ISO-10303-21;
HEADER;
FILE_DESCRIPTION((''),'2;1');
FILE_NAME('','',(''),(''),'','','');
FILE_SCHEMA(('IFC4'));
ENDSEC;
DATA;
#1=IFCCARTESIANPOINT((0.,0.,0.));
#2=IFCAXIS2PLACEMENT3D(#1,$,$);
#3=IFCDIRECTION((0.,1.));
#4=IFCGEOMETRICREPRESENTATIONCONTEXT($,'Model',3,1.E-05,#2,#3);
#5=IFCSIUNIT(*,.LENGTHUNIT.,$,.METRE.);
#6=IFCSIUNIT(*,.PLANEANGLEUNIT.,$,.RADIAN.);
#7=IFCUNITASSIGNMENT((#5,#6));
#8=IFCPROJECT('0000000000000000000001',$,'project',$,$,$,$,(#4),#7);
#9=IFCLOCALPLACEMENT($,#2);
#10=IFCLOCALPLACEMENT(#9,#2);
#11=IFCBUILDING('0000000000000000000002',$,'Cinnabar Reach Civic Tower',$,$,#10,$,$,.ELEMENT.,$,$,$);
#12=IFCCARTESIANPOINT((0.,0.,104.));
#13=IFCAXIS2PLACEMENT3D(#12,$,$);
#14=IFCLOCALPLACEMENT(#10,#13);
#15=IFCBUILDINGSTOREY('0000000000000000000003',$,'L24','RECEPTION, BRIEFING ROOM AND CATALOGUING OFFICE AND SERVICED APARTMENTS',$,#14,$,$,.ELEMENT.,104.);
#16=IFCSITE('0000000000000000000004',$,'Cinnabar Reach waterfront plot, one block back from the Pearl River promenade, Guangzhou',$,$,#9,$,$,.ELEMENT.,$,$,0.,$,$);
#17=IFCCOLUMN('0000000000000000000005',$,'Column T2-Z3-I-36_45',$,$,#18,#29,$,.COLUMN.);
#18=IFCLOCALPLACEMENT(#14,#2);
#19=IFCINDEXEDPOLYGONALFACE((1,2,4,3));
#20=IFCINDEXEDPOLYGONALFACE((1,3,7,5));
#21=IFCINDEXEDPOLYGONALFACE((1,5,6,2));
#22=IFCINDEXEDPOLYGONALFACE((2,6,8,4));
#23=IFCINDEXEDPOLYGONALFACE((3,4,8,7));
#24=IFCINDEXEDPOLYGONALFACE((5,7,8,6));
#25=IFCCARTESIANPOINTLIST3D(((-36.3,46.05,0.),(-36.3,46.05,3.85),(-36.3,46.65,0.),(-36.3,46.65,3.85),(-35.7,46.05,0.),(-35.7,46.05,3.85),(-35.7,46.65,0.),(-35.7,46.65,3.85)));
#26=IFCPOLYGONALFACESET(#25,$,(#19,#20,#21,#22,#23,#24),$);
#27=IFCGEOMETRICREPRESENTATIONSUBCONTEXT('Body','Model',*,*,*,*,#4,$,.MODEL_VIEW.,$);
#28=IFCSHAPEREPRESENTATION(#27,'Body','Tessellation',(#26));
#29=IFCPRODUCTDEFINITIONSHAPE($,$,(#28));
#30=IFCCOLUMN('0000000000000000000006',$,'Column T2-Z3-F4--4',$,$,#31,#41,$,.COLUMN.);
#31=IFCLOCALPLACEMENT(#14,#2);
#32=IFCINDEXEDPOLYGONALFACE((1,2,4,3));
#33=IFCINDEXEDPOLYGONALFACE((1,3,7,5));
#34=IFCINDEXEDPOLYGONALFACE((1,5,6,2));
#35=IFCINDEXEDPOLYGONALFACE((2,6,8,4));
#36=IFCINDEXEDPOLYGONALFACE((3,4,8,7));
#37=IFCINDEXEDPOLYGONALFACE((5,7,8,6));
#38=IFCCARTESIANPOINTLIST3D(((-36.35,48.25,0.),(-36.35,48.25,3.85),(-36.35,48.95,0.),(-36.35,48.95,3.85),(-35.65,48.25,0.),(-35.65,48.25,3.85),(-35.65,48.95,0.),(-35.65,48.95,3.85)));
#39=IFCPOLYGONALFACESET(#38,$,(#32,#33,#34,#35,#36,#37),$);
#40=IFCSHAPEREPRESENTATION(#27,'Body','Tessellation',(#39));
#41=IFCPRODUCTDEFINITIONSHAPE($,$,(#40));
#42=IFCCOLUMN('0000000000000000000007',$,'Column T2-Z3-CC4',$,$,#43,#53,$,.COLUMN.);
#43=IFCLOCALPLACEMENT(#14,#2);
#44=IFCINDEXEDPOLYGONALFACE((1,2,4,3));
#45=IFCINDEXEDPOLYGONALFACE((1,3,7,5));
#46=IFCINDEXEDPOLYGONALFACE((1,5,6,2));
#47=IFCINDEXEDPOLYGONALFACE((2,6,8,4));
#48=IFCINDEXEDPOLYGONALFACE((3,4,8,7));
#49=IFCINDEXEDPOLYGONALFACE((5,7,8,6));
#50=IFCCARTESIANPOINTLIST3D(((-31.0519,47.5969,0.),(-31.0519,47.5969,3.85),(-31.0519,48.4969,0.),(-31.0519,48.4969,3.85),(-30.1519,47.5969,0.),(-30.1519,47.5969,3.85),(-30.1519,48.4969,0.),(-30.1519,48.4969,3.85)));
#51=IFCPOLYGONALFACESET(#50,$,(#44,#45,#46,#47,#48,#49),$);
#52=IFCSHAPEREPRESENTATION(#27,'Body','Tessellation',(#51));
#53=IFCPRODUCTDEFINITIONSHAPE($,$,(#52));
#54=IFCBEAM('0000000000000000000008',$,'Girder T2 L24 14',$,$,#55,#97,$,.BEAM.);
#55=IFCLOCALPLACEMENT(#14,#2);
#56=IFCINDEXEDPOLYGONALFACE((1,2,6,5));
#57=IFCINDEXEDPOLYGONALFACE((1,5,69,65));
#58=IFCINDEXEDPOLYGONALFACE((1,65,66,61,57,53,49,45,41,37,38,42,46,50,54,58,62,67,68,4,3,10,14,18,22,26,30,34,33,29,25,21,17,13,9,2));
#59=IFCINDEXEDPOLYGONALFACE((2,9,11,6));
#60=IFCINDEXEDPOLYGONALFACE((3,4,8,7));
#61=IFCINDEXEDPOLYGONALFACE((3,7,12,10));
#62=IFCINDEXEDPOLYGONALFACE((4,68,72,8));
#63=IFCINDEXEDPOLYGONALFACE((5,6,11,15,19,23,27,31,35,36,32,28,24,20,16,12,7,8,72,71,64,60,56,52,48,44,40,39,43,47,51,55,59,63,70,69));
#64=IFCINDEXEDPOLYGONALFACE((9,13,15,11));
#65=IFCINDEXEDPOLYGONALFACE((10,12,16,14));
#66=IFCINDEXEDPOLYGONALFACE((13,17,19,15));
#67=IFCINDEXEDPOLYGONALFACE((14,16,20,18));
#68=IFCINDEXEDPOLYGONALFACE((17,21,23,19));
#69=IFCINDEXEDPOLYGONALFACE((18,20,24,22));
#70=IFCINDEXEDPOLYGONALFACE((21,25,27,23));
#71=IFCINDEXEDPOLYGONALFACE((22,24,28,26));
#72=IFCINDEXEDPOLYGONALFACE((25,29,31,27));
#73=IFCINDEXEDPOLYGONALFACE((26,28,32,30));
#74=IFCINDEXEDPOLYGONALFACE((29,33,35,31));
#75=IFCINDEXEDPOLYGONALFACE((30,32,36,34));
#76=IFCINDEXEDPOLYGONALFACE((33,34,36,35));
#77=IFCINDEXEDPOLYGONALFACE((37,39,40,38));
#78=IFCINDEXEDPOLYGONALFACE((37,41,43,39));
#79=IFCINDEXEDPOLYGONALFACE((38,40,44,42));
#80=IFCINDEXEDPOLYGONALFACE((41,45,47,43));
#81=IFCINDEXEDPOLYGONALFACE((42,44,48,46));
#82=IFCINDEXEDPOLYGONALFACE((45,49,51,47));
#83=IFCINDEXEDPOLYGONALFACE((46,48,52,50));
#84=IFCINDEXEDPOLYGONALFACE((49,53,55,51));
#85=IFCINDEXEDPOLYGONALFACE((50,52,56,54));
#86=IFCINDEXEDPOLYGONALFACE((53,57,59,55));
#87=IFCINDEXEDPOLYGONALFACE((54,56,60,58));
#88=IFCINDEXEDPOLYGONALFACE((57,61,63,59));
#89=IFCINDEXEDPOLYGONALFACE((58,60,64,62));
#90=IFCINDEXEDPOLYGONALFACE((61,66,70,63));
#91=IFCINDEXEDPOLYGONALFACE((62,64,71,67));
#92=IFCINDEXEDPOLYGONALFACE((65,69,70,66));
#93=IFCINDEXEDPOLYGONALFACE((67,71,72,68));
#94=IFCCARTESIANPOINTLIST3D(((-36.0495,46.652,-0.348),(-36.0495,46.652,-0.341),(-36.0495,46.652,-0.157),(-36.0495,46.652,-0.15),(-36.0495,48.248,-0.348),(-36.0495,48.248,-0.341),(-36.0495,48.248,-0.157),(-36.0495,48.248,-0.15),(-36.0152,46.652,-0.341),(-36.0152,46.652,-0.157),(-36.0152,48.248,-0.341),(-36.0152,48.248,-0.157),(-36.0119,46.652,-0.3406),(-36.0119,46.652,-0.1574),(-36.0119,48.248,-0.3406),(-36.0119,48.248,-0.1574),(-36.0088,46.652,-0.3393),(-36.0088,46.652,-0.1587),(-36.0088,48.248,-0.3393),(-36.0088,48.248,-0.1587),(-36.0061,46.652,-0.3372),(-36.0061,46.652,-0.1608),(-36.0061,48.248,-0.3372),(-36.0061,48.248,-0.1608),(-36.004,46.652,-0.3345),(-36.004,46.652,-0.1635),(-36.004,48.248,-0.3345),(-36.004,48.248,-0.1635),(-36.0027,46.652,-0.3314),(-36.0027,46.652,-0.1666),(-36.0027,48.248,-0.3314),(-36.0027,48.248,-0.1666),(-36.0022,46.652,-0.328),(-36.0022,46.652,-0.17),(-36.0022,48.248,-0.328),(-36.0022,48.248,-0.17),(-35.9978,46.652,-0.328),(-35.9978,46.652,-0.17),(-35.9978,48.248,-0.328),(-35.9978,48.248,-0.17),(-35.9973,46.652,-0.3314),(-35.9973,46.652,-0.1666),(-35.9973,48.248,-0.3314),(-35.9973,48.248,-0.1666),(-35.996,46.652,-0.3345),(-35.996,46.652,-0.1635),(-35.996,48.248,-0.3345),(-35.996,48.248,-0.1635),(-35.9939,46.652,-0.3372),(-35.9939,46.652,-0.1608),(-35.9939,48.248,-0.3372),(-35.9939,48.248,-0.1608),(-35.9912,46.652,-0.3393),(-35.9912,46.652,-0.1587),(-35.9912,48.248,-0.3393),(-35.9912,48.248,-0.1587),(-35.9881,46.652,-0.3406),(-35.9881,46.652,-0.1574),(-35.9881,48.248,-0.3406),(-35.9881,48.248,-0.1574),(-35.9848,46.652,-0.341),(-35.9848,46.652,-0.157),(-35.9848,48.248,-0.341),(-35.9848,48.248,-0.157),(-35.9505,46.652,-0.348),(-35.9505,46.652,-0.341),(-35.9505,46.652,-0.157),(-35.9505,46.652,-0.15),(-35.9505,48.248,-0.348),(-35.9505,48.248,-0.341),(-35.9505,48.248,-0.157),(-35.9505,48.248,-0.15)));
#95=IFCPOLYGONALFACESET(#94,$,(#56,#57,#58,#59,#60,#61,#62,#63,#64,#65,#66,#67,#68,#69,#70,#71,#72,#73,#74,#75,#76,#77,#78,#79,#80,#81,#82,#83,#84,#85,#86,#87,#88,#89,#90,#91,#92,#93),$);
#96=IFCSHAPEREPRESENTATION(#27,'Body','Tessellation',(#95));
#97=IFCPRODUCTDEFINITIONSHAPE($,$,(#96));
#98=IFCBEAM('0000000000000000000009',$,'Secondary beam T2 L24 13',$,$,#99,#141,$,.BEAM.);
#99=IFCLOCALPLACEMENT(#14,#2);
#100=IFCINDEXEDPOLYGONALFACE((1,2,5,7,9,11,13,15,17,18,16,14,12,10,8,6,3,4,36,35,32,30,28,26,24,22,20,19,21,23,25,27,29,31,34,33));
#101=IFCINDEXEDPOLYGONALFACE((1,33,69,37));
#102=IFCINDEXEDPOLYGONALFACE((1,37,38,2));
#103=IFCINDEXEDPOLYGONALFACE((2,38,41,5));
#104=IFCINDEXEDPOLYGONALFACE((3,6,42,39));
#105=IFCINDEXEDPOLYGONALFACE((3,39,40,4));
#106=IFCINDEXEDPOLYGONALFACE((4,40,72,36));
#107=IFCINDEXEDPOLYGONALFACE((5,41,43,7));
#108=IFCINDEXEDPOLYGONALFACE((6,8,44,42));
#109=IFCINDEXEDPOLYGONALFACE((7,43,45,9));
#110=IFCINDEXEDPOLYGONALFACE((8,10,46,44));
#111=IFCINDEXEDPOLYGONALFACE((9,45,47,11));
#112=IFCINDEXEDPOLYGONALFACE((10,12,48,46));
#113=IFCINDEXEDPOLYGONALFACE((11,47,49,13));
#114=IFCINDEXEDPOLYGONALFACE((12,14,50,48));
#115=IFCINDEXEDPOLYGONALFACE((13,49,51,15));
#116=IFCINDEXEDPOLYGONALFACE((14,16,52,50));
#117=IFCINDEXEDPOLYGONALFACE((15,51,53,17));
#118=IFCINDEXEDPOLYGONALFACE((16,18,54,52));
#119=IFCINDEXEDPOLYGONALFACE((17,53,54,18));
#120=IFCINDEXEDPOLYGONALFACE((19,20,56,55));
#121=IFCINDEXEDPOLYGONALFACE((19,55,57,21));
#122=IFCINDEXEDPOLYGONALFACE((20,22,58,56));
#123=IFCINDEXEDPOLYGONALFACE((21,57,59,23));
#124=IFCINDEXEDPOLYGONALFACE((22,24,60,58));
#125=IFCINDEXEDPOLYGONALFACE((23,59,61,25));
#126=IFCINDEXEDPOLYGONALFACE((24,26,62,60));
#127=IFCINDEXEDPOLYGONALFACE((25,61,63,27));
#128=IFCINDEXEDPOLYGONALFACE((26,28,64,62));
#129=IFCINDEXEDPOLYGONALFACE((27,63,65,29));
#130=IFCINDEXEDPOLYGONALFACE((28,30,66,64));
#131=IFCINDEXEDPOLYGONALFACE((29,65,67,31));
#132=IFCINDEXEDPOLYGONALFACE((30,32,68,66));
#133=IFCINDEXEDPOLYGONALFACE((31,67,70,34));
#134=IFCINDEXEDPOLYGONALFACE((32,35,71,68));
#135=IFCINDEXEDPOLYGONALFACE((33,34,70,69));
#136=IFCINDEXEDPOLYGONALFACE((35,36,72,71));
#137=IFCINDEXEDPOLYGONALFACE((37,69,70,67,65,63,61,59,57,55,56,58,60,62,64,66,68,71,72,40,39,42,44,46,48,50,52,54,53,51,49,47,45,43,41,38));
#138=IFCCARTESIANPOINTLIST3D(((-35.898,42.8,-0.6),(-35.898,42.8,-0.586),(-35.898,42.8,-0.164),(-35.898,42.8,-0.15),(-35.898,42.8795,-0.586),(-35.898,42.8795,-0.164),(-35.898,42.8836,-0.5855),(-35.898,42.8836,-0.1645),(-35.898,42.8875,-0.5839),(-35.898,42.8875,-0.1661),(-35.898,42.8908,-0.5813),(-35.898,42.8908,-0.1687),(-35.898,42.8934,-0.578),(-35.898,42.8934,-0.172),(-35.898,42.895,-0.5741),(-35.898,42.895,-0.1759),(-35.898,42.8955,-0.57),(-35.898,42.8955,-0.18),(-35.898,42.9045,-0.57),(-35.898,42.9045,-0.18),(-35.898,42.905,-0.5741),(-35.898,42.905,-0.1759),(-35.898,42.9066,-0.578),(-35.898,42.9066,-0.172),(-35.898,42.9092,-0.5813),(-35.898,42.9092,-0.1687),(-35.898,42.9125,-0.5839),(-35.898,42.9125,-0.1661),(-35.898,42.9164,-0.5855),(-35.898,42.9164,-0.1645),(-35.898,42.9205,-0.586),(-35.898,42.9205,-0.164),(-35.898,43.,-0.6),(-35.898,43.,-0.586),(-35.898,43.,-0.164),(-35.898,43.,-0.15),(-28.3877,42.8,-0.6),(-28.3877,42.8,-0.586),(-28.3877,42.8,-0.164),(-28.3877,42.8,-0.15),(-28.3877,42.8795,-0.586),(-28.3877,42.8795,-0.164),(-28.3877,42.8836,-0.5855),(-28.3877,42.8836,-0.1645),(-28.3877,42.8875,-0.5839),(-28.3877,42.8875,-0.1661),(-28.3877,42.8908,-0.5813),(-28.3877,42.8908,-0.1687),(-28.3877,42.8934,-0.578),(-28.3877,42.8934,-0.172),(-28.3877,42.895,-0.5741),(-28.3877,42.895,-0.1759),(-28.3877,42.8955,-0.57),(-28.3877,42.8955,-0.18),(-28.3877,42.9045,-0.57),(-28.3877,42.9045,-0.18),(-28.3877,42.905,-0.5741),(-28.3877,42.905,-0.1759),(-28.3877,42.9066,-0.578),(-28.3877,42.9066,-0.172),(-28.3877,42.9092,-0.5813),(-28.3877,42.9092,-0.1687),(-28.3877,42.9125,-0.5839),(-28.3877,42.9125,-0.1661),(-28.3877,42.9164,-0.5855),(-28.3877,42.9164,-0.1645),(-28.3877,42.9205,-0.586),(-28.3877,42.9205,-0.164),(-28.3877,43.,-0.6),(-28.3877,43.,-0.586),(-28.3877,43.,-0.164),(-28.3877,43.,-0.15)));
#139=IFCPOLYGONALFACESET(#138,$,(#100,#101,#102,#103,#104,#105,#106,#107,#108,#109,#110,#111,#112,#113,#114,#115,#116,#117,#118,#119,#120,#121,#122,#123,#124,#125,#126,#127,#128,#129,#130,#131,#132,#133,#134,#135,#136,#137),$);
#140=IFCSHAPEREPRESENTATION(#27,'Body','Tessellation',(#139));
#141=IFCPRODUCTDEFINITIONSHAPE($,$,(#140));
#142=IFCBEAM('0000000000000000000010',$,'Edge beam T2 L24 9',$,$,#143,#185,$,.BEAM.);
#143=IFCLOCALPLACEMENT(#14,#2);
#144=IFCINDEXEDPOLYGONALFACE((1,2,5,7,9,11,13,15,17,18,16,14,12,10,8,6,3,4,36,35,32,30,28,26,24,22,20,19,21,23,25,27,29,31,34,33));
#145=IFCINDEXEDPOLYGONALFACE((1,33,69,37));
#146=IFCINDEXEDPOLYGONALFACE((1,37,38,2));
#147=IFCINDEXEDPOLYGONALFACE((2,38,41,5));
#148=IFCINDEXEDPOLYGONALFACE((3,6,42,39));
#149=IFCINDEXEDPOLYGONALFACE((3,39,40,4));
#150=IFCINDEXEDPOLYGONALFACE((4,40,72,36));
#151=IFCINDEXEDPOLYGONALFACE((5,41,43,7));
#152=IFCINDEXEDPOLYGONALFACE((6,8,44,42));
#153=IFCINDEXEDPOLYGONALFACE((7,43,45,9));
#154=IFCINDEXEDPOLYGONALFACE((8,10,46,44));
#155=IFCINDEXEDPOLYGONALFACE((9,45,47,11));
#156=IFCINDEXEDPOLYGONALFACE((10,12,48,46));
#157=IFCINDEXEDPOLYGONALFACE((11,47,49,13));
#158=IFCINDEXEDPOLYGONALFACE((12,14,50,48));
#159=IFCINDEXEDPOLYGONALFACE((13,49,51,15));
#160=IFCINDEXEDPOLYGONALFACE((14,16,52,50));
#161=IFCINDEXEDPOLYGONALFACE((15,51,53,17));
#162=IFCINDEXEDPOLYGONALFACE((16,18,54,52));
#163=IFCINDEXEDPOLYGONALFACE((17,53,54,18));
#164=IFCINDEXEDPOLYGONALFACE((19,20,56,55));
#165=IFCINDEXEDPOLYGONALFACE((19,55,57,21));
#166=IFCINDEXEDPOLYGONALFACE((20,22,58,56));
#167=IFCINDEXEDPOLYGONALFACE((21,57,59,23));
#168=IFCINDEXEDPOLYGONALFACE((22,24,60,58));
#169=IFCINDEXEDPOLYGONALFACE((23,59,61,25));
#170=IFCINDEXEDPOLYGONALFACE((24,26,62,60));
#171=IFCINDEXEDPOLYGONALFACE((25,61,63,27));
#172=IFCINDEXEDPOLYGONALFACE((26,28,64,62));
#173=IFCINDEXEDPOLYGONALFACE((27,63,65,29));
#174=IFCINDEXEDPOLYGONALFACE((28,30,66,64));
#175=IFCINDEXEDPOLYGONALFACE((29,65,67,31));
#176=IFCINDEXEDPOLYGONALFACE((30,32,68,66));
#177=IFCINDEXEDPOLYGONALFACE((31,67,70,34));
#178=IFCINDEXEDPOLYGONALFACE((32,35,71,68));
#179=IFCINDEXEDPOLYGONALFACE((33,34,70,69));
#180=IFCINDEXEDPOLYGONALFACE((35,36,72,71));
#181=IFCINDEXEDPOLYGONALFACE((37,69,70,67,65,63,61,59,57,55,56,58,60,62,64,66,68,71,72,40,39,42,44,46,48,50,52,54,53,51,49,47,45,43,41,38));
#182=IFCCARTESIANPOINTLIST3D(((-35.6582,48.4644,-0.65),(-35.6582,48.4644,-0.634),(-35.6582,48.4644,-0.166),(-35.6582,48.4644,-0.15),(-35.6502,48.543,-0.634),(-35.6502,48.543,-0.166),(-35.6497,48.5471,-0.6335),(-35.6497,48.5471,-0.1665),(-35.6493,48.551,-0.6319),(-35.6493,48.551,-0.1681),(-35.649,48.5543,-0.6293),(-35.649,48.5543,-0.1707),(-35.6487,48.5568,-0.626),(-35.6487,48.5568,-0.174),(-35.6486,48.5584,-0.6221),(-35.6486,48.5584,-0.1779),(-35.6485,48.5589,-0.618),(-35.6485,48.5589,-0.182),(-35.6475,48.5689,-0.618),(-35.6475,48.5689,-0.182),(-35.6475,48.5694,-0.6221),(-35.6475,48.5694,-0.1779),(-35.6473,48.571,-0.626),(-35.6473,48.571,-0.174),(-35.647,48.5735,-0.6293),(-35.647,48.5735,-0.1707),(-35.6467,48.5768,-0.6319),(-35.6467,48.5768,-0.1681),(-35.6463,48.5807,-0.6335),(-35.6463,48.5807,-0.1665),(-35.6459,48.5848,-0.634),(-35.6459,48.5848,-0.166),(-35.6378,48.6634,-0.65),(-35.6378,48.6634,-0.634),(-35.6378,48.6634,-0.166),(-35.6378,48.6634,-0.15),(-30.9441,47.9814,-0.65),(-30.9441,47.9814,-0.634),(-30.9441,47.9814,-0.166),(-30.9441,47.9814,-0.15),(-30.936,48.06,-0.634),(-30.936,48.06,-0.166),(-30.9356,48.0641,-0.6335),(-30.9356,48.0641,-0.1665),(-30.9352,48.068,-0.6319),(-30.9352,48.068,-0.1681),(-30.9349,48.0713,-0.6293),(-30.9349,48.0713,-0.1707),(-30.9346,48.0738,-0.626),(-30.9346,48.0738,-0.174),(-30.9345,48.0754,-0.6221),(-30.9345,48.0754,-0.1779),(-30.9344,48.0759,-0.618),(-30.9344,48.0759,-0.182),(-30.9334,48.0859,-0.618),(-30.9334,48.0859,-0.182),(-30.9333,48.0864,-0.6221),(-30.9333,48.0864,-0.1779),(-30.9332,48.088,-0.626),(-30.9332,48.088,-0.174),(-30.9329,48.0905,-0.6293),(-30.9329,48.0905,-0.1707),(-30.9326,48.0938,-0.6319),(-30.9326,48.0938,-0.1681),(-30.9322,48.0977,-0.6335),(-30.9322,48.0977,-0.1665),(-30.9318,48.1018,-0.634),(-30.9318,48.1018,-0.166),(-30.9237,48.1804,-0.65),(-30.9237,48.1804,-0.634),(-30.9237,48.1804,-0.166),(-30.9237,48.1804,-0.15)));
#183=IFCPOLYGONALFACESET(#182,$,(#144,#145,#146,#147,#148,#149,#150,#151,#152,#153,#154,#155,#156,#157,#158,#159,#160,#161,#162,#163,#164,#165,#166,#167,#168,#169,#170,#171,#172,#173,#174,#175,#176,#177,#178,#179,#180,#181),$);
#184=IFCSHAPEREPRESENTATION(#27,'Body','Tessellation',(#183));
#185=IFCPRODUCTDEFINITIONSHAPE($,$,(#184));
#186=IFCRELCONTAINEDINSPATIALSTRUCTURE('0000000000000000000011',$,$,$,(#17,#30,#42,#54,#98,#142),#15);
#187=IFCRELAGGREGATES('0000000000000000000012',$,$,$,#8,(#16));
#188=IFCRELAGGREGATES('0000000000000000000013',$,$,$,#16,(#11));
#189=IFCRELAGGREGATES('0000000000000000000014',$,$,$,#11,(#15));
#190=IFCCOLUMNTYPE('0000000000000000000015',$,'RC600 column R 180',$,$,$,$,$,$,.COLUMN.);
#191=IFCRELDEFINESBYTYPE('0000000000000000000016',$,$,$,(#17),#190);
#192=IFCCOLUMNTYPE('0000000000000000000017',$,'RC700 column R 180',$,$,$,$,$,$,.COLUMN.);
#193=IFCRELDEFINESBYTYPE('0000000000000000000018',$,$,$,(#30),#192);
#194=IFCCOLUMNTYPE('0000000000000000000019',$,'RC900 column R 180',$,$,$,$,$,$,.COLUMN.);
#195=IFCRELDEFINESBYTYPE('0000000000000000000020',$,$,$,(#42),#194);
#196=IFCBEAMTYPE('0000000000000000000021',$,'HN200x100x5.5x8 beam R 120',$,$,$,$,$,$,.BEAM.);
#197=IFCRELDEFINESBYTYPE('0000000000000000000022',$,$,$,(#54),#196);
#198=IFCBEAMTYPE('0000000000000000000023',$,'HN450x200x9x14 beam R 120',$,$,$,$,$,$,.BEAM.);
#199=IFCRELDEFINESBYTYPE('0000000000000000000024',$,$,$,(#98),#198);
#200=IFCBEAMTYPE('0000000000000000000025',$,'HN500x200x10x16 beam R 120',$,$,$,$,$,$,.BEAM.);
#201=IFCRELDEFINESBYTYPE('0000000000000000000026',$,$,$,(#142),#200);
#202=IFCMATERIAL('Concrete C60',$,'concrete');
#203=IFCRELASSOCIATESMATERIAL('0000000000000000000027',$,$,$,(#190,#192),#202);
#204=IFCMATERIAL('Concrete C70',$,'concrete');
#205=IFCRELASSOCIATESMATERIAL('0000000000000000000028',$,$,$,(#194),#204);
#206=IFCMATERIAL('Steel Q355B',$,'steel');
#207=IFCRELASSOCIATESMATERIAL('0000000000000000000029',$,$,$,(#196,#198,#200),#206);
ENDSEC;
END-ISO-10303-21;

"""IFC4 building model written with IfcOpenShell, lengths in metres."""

from ifc_helpers import new_model, si_unit, direction, frame, origin, origin_2d, place, context, subcontext, project, spatial, rectangle, i_section, extrude, material, material_profile, profile_set, type_object, element, save


model = new_model("IFC4")

# Units and contexts
model_context = context("Model", 3, precision=1e-05, world=origin(), true_north=direction((0.0, 1.0)))
body_context = subcontext(model_context, "Body", "Model", "MODEL_VIEW")
ifc_project = project(units=[si_unit("LENGTHUNIT", "METRE"), si_unit("PLANEANGLEUNIT", "RADIAN")], contexts=[model_context])

# Site, building, storey
site_placement = place(None, origin())
site = spatial("IfcSite", under=ifc_project, at=site_placement, Name="Cinnabar Reach waterfront plot, one block back from the Pearl River promenade, Guangzhou", CompositionType="ELEMENT", RefElevation=0.0)
building_placement = place(site_placement, origin())
building = spatial("IfcBuilding", under=site, at=building_placement, Name="Cinnabar Reach Civic Tower", CompositionType="ELEMENT")
storey_placement = place(building_placement, frame((0.0, 0.0, 104.0)))
storey = spatial("IfcBuildingStorey", under=building, at=storey_placement, Name="L24", Description="RECEPTION, BRIEFING ROOM AND CATALOGUING OFFICE AND SERVICED APARTMENTS", CompositionType="ELEMENT", Elevation=104.0)

# Columns
ifc_material_1 = material(Name="Concrete C60", Category="concrete")
ifc_material_profile_1 = material_profile(ifc_material_1, rectangle(XDim=0.6, YDim=0.6, at=origin_2d()), Name="RC600")
ifc_profile_set_1 = profile_set([ifc_material_profile_1], Name="Concrete C60")
column_type_1 = type_object("IfcColumnType", Name="RC600 column R 180", PredefinedType="COLUMN", material=ifc_profile_set_1)
column_1_placement = place(storey_placement, frame((-36.0, 46.35, 0.0), z_axis=(0.0, 0.0, 1.0), x_axis=(1.0, 0.0, 0.0)))
element("IfcColumn", 1, at=column_1_placement, inside=storey, type_object=column_type_1, Name="Column T2-Z3-I-36_45", PredefinedType="COLUMN", context=body_context, shape_type="SweptSolid", body=[
    extrude(rectangle(XDim=0.6, YDim=0.6, at=origin_2d()), origin(), (0.0, 0.0, 1.0), 3.85),
])
ifc_material_profile_2 = material_profile(ifc_material_1, rectangle(XDim=0.7, YDim=0.7, at=origin_2d()), Name="RC700")
ifc_profile_set_2 = profile_set([ifc_material_profile_2], Name="Concrete C60")
column_type_2 = type_object("IfcColumnType", Name="RC700 column R 180", PredefinedType="COLUMN", material=ifc_profile_set_2)
column_2_placement = place(storey_placement, frame((-36.0, 48.6, 0.0), z_axis=(0.0, 0.0, 1.0), x_axis=(1.0, 0.0, 0.0)))
element("IfcColumn", 2, at=column_2_placement, inside=storey, type_object=column_type_2, Name="Column T2-Z3-F4--4", PredefinedType="COLUMN", context=body_context, shape_type="SweptSolid", body=[
    extrude(rectangle(XDim=0.7, YDim=0.7, at=origin_2d()), origin(), (0.0, 0.0, 1.0), 3.85),
])
ifc_material_2 = material(Name="Concrete C70", Category="concrete")
ifc_material_profile_3 = material_profile(ifc_material_2, rectangle(XDim=0.9, YDim=0.9, at=origin_2d()), Name="RC900")
ifc_profile_set_3 = profile_set([ifc_material_profile_3], Name="Concrete C70")
column_type_3 = type_object("IfcColumnType", Name="RC900 column R 180", PredefinedType="COLUMN", material=ifc_profile_set_3)
column_3_placement = place(storey_placement, frame((-30.6019, 48.0469, 0.0), z_axis=(0.0, 0.0, 1.0), x_axis=(1.0, 0.0, 0.0)))
element("IfcColumn", 3, at=column_3_placement, inside=storey, type_object=column_type_3, Name="Column T2-Z3-CC4", PredefinedType="COLUMN", context=body_context, shape_type="SweptSolid", body=[
    extrude(rectangle(XDim=0.9, YDim=0.9, at=origin_2d()), origin(), (0.0, 0.0, 1.0), 3.85),
])

# Beams
ifc_material_3 = material(Name="Steel Q355B", Category="steel")
ifc_material_profile_4 = material_profile(ifc_material_3, i_section(OverallWidth=0.099, OverallDepth=0.198, WebThickness=0.0045, FlangeThickness=0.007, FilletRadius=0.013, at=origin_2d()), Name="HN200x100x5.5x8")
ifc_profile_set_4 = profile_set([ifc_material_profile_4], Name="Steel Q355B")
beam_type_1 = type_object("IfcBeamType", Name="HN200x100x5.5x8 beam R 120", PredefinedType="BEAM", material=ifc_profile_set_4)
beam_1_placement = place(storey_placement, frame((-36.0, 46.652, -0.249), z_axis=(0.0, 1.0, 0.0), x_axis=(-1.0, 0.0, 0.0)))
element("IfcBeam", 4, at=beam_1_placement, inside=storey, type_object=beam_type_1, Name="Girder T2 L24 14", PredefinedType="BEAM", context=body_context, shape_type="SweptSolid", body=[
    extrude(i_section(OverallWidth=0.099, OverallDepth=0.198, WebThickness=0.0045, FlangeThickness=0.007, FilletRadius=0.013, at=origin_2d()), origin(), (0.0, 0.0, 1.0), 1.596),
])
ifc_material_profile_5 = material_profile(ifc_material_3, i_section(OverallWidth=0.2, OverallDepth=0.45, WebThickness=0.009, FlangeThickness=0.014, FilletRadius=0.016, at=origin_2d()), Name="HN450x200x9x14")
ifc_profile_set_5 = profile_set([ifc_material_profile_5], Name="Steel Q355B")
beam_type_2 = type_object("IfcBeamType", Name="HN450x200x9x14 beam R 120", PredefinedType="BEAM", material=ifc_profile_set_5)
beam_2_placement = place(storey_placement, frame((-35.898, 42.9, -0.375), z_axis=(1.0, 0.0, 0.0), x_axis=(0.0, 1.0, 0.0)))
element("IfcBeam", 5, at=beam_2_placement, inside=storey, type_object=beam_type_2, Name="Secondary beam T2 L24 13", PredefinedType="BEAM", context=body_context, shape_type="SweptSolid", body=[
    extrude(i_section(OverallWidth=0.2, OverallDepth=0.45, WebThickness=0.009, FlangeThickness=0.014, FilletRadius=0.016, at=origin_2d()), origin(), (0.0, 0.0, 1.0), 7.5103),
])
ifc_material_profile_6 = material_profile(ifc_material_3, i_section(OverallWidth=0.2, OverallDepth=0.5, WebThickness=0.01, FlangeThickness=0.016, FilletRadius=0.016, at=origin_2d()), Name="HN500x200x10x16")
ifc_profile_set_6 = profile_set([ifc_material_profile_6], Name="Steel Q355B")
beam_type_3 = type_object("IfcBeamType", Name="HN500x200x10x16 beam R 120", PredefinedType="BEAM", material=ifc_profile_set_6)
beam_3_placement = place(storey_placement, frame((-30.9339, 48.0809, -0.4), z_axis=(-0.994792, 0.101925, 0.0), x_axis=(-0.101925, -0.994792, 0.0)))
element("IfcBeam", 6, at=beam_3_placement, inside=storey, type_object=beam_type_3, Name="Edge beam T2 L24 9", PredefinedType="BEAM", context=body_context, shape_type="SweptSolid", body=[
    extrude(i_section(OverallWidth=0.2, OverallDepth=0.5, WebThickness=0.01, FlangeThickness=0.016, FilletRadius=0.016, at=origin_2d()), origin(), (0.0, 0.0, 1.0), 4.7388),
])

save(model, "model.ifc")
